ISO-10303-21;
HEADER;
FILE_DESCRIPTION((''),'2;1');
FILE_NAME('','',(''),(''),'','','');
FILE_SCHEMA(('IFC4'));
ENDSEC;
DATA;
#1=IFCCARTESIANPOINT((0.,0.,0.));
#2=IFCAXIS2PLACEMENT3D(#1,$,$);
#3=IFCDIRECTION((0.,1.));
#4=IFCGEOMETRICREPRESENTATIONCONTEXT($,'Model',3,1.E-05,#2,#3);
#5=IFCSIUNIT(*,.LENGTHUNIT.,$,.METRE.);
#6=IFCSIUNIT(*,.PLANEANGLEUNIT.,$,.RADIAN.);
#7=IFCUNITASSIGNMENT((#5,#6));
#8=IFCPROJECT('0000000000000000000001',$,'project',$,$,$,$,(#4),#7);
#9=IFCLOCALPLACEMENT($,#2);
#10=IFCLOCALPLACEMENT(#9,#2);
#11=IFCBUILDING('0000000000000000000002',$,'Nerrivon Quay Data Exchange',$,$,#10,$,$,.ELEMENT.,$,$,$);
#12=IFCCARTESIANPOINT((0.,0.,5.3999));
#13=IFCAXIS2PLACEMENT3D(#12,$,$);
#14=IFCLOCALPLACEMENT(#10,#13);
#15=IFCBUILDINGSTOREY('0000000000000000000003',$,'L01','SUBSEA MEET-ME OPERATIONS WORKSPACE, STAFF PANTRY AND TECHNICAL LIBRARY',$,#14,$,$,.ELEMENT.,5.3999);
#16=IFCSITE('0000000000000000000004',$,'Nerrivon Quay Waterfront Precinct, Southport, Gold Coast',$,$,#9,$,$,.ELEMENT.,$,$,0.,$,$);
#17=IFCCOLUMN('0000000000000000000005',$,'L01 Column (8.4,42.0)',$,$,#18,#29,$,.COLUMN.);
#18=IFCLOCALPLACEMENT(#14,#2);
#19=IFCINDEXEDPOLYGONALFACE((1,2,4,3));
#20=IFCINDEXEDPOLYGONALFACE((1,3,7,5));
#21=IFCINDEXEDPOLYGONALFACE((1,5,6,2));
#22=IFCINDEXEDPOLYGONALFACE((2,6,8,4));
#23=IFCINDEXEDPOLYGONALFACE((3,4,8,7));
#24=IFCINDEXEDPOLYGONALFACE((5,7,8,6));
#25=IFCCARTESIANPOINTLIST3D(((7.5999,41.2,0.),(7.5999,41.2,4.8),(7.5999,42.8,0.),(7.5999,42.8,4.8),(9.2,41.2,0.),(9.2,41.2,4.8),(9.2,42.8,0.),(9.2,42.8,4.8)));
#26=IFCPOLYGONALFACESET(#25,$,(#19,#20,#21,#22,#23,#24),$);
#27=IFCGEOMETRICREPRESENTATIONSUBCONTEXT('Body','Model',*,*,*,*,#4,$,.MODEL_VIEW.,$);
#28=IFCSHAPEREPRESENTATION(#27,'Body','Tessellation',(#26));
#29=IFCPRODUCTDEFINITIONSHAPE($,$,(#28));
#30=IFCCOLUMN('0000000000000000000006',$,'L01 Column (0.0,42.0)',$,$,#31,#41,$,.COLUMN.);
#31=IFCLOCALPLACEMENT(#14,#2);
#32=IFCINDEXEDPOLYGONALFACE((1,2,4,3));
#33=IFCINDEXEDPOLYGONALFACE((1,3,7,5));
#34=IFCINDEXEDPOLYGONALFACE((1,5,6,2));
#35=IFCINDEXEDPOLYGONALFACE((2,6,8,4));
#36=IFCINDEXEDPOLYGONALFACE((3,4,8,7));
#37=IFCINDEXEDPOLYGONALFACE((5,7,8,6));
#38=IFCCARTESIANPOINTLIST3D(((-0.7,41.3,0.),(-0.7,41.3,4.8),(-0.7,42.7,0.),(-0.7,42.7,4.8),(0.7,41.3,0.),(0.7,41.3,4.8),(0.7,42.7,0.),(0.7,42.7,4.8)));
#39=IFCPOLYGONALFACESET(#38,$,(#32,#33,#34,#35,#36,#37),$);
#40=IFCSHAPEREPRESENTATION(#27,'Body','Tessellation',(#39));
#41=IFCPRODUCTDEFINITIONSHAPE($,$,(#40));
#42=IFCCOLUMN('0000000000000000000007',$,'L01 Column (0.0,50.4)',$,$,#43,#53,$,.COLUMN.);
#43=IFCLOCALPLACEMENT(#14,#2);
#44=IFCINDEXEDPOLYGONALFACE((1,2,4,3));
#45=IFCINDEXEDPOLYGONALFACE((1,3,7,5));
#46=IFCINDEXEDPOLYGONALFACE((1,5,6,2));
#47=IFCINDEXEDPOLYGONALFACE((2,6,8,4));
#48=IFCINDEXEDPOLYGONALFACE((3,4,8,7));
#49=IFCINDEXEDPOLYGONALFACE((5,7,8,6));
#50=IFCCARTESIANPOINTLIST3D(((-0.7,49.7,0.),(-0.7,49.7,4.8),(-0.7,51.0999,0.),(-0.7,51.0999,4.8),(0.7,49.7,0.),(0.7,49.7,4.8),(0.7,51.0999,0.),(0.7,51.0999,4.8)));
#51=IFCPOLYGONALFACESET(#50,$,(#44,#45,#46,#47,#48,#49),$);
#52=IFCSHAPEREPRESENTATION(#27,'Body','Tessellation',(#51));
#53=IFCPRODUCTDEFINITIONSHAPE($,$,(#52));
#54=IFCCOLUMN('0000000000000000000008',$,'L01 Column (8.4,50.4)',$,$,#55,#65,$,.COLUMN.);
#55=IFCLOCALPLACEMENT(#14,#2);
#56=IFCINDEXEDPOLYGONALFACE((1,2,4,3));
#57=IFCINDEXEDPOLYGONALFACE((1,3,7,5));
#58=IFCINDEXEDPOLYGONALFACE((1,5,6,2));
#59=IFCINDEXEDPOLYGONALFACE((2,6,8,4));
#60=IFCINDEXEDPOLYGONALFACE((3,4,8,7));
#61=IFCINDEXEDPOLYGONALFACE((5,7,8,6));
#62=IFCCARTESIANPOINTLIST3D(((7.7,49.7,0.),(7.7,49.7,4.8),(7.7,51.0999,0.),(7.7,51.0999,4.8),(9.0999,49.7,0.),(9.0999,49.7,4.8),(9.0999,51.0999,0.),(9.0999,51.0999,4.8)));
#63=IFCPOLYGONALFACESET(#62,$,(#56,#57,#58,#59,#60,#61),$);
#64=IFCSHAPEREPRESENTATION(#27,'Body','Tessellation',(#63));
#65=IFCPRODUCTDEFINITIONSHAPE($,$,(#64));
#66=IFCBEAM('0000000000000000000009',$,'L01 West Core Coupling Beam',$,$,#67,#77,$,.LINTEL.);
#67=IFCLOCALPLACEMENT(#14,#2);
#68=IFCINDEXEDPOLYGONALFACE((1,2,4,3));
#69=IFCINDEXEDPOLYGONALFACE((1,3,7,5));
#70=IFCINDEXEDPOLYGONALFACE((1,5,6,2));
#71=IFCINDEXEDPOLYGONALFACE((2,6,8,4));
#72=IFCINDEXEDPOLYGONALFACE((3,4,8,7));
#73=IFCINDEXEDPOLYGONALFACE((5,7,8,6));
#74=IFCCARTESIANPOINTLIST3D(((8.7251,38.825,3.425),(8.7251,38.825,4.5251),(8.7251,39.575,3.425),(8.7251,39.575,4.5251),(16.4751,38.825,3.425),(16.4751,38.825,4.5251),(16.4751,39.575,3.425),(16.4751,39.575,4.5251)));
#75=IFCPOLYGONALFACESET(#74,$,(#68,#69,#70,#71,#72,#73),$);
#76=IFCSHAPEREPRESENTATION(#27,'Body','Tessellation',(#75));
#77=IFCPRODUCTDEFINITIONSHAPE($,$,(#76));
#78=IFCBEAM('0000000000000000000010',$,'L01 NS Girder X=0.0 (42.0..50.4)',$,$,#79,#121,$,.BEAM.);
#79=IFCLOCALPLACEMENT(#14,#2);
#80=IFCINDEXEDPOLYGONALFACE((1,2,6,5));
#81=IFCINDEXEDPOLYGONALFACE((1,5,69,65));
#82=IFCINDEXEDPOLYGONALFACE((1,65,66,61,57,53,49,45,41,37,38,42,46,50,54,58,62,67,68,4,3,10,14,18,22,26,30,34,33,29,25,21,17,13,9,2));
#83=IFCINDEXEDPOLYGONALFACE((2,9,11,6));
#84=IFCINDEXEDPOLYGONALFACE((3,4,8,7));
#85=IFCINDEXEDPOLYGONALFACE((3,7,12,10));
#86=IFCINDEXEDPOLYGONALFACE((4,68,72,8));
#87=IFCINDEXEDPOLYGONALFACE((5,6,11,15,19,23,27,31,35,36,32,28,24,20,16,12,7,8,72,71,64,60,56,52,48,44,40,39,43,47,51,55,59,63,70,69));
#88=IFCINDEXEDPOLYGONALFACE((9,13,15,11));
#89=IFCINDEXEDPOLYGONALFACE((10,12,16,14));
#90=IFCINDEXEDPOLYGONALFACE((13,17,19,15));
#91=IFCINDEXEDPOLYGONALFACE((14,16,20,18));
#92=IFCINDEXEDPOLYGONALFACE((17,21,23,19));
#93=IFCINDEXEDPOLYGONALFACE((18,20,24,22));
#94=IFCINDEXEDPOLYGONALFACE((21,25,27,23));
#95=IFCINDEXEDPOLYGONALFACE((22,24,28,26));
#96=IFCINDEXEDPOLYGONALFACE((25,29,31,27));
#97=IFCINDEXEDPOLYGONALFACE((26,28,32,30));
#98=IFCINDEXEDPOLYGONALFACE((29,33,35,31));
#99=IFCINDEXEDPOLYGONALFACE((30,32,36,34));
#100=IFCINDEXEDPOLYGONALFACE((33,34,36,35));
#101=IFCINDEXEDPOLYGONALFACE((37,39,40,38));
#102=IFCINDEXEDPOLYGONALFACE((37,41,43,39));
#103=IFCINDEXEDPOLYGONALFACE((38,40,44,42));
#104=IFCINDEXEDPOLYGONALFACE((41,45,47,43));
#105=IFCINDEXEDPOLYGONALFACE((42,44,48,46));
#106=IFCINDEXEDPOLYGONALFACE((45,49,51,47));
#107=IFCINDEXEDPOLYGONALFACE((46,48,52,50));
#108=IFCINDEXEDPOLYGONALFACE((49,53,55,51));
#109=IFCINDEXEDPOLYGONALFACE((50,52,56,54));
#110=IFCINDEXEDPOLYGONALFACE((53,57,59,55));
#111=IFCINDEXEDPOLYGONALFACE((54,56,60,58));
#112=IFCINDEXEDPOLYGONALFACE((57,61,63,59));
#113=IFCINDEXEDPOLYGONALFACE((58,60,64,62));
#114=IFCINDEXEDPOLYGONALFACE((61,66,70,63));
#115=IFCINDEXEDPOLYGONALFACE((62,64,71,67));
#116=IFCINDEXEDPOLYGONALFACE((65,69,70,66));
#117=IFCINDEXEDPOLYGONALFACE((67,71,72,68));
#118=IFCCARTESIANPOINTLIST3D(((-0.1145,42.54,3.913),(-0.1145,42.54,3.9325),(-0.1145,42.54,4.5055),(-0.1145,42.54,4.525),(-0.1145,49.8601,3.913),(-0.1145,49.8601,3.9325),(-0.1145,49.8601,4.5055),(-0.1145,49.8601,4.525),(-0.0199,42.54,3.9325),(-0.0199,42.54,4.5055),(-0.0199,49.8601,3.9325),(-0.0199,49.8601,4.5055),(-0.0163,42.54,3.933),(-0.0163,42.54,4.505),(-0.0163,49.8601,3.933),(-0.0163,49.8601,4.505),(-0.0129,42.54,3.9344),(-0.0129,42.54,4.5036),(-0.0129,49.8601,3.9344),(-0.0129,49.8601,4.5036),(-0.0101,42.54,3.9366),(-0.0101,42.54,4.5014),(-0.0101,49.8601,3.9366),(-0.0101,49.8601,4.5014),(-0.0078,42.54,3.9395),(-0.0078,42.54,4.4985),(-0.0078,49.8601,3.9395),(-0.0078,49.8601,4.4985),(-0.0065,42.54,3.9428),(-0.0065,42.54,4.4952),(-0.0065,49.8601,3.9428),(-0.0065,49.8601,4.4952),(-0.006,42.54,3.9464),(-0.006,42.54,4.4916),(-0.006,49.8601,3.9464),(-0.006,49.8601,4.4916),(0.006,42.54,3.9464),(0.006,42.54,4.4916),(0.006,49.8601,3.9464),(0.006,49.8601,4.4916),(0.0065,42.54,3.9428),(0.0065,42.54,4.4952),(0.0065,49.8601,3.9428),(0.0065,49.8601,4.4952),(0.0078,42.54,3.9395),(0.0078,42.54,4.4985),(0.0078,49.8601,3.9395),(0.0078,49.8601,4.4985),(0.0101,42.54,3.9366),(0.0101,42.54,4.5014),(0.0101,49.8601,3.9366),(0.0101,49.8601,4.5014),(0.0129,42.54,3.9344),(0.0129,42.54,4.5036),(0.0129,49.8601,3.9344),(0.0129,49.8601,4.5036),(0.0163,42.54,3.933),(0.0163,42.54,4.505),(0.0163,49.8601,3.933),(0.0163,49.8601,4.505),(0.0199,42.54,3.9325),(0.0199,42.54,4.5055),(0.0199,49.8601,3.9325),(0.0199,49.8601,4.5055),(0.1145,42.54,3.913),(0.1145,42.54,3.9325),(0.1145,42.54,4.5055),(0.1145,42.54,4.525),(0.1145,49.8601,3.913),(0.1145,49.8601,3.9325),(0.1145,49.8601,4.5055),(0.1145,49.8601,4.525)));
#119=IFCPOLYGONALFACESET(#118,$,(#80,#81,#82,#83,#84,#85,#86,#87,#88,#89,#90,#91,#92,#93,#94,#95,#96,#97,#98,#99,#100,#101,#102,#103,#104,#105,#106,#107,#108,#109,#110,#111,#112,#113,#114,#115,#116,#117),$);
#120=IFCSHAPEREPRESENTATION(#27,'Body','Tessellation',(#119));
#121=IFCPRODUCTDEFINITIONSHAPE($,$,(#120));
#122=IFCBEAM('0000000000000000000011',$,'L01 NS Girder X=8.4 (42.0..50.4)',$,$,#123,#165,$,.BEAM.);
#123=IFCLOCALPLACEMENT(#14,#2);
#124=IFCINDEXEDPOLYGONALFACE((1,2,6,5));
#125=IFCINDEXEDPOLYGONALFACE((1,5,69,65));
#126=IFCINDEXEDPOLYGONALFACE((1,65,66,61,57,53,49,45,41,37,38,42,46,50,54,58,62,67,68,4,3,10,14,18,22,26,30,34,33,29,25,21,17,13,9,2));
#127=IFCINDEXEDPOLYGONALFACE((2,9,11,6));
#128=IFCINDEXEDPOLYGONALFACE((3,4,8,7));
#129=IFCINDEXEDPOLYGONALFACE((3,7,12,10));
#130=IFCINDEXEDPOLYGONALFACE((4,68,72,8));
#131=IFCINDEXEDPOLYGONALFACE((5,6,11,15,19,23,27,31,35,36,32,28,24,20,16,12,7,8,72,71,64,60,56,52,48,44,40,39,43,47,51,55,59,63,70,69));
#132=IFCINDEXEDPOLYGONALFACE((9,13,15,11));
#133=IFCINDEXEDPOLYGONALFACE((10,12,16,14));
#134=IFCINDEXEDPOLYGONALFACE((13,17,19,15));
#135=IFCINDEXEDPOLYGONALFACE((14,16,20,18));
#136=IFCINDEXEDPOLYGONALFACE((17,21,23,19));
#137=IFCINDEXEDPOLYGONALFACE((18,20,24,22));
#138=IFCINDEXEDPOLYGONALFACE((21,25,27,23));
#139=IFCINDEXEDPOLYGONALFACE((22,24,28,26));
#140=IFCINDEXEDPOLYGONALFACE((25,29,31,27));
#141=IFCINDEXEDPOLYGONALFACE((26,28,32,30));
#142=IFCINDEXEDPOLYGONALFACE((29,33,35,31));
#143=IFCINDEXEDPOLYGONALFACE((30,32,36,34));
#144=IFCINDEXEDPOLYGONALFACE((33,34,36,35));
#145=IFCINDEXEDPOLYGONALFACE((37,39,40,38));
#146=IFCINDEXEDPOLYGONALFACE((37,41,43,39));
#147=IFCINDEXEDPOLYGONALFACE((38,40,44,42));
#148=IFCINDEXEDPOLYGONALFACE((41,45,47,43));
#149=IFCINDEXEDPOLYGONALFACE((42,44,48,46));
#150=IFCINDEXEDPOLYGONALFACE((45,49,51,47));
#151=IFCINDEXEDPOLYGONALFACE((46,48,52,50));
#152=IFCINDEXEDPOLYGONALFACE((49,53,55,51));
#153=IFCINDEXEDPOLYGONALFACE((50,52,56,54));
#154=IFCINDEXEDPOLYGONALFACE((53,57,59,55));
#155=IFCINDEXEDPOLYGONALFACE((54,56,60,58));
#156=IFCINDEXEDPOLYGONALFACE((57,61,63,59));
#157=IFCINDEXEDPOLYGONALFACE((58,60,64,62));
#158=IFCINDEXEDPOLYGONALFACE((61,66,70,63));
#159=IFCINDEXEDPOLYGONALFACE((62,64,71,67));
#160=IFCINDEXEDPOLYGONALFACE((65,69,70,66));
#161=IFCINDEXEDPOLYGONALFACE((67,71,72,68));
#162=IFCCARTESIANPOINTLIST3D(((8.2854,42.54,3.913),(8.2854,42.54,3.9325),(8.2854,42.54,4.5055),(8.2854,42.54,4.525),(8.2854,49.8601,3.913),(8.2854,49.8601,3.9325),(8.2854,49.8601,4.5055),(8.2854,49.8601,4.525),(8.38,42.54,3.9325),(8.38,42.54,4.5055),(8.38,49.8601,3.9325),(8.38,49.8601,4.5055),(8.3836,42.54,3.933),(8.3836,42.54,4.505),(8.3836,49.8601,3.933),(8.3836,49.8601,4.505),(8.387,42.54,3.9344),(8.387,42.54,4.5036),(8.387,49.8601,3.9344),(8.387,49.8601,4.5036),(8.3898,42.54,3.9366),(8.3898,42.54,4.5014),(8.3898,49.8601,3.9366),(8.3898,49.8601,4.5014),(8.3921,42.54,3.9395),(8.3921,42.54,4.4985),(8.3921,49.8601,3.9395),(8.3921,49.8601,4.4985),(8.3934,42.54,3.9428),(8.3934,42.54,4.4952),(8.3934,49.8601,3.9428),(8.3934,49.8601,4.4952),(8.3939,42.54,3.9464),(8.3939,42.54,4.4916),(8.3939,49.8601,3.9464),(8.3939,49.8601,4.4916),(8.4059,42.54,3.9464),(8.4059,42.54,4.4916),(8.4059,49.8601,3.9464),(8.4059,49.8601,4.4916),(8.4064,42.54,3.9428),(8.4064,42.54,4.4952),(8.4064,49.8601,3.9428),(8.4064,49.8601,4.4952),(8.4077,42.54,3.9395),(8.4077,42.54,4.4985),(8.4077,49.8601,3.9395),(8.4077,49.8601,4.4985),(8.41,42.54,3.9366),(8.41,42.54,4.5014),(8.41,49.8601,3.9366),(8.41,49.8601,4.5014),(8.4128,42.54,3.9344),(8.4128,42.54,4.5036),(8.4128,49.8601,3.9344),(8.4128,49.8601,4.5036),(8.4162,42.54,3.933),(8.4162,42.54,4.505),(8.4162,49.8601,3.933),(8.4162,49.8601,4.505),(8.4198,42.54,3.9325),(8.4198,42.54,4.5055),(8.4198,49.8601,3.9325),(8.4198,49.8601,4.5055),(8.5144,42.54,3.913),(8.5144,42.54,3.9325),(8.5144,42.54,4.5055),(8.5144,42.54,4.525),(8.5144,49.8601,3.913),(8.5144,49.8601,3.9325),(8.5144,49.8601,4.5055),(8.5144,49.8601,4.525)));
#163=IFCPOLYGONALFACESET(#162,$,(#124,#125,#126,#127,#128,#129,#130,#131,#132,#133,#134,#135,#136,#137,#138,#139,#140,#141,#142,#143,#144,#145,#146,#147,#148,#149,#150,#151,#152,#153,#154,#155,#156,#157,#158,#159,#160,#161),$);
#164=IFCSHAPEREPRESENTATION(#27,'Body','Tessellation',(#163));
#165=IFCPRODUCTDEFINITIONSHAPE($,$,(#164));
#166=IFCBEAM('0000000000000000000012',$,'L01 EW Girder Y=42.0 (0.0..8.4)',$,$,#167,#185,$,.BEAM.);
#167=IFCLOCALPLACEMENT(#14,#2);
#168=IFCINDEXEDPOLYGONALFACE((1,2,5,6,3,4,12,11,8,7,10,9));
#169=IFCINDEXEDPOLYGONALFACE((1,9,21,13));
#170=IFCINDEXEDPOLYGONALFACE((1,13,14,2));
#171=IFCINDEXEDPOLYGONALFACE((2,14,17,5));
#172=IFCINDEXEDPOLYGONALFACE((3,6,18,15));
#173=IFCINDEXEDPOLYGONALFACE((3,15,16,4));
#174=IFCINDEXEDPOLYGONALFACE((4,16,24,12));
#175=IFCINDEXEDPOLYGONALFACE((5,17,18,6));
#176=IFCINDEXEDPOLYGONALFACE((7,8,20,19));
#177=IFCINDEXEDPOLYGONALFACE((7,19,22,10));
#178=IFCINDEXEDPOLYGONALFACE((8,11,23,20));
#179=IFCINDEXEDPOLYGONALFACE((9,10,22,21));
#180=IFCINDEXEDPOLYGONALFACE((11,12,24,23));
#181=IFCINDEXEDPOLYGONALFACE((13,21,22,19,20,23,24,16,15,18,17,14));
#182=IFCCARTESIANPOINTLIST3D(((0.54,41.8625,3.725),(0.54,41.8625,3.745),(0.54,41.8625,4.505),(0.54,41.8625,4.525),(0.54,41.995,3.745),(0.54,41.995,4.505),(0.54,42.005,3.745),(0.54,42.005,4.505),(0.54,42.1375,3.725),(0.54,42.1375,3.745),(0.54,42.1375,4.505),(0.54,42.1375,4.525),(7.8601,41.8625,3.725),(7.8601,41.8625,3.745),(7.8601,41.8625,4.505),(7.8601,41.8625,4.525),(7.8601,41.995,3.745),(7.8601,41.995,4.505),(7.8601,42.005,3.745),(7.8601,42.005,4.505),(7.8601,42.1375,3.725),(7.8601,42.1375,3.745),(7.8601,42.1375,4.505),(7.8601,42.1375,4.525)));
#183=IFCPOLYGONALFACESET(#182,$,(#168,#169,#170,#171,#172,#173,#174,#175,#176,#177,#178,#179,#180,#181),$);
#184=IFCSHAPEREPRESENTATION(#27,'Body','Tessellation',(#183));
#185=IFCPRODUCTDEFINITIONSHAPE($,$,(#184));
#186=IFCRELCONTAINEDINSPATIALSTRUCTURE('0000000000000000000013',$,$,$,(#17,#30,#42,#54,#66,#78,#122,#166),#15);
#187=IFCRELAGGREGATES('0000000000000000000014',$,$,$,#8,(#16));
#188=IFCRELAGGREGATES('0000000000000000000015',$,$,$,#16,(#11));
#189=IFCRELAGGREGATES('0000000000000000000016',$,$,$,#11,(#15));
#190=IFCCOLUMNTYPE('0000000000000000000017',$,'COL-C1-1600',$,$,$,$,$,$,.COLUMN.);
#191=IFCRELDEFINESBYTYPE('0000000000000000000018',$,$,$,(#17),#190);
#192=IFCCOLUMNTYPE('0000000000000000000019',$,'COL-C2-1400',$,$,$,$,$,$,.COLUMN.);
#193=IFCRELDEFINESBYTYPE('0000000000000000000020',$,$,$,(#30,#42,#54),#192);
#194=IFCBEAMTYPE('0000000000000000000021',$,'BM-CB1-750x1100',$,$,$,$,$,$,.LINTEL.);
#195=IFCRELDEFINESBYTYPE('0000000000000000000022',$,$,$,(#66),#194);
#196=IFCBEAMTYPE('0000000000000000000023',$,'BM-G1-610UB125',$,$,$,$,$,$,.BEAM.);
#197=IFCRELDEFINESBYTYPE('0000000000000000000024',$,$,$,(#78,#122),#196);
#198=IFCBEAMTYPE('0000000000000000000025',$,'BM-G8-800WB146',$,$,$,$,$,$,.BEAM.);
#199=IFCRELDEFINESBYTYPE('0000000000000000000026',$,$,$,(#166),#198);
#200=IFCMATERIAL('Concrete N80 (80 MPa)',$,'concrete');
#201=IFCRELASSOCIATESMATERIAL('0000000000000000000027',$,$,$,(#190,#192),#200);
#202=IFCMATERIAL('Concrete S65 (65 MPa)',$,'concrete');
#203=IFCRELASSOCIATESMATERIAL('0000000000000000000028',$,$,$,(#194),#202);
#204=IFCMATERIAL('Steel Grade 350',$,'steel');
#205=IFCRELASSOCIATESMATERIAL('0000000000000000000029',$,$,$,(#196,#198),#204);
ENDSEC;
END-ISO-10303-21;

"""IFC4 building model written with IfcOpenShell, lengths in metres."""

from ifc_helpers import new_model, si_unit, direction, frame, origin, origin_2d, place, context, subcontext, project, spatial, rectangle, i_section, extrude, material, material_profile, profile_set, type_object, element, save


model = new_model("IFC4")

# Units and contexts
model_context = context("Model", 3, precision=1e-05, world=origin(), true_north=direction((0.0, 1.0)))
body_context = subcontext(model_context, "Body", "Model", "MODEL_VIEW")
ifc_project = project(units=[si_unit("LENGTHUNIT", "METRE"), si_unit("PLANEANGLEUNIT", "RADIAN")], contexts=[model_context])

# Site, building, storey
site_placement = place(None, origin())
site = spatial("IfcSite", under=ifc_project, at=site_placement, Name="Nerrivon Quay Waterfront Precinct, Southport, Gold Coast", CompositionType="ELEMENT", RefElevation=0.0)
building_placement = place(site_placement, origin())
building = spatial("IfcBuilding", under=site, at=building_placement, Name="Nerrivon Quay Data Exchange", CompositionType="ELEMENT")
storey_placement = place(building_placement, frame((0.0, 0.0, 5.3999)))
storey = spatial("IfcBuildingStorey", under=building, at=storey_placement, Name="L01", Description="SUBSEA MEET-ME OPERATIONS WORKSPACE, STAFF PANTRY AND TECHNICAL LIBRARY", CompositionType="ELEMENT", Elevation=5.3999)

# Columns
ifc_material_1 = material(Name="Concrete N80 (80 MPa)", Category="concrete")
ifc_material_profile_1 = material_profile(ifc_material_1, rectangle(XDim=1.6001, YDim=1.6001, at=origin_2d()), Name="RC-COL-1600x1600")
ifc_profile_set_1 = profile_set([ifc_material_profile_1], Name="Concrete N80 (80 MPa)")
column_type_1 = type_object("IfcColumnType", Name="COL-C1-1600", PredefinedType="COLUMN", material=ifc_profile_set_1)
column_placement = place(storey_placement, frame((8.3999, 42.0, 0.0), z_axis=(0.0, 0.0, 1.0), x_axis=(1.0, 0.0, 0.0)))
element("IfcColumn", 1, at=column_placement, inside=storey, type_object=column_type_1, Name="L01 Column (8.4,42.0)", PredefinedType="COLUMN", context=body_context, shape_type="SweptSolid", body=[
    extrude(rectangle(XDim=1.6001, YDim=1.6001, at=origin_2d()), origin(), (0.0, 0.0, 1.0), 4.8),
])
ifc_material_profile_2 = material_profile(ifc_material_1, rectangle(XDim=1.3999, YDim=1.3999, at=origin_2d()), Name="RC-COL-1400x1400")
ifc_profile_set_2 = profile_set([ifc_material_profile_2], Name="Concrete N80 (80 MPa)")
column_type_2 = type_object("IfcColumnType", Name="COL-C2-1400", PredefinedType="COLUMN", material=ifc_profile_set_2)
for number, where, z_axis, x_axis, name in (
    (2, (0.0, 42.0, 0.0), (0.0, 0.0, 1.0), (1.0, 0.0, 0.0), "L01 Column (0.0,42.0)"),
    (3, (0.0, 50.3999, 0.0), (0.0, 0.0, 1.0), (1.0, 0.0, 0.0), "L01 Column (0.0,50.4)"),
    (4, (8.3999, 50.3999, 0.0), (0.0, 0.0, 1.0), (1.0, 0.0, 0.0), "L01 Column (8.4,50.4)"),
):
    element("IfcColumn", number, at=place(storey_placement, frame(where, z_axis=z_axis, x_axis=x_axis)), inside=storey, type_object=column_type_2, Name=name, PredefinedType="COLUMN", context=body_context, shape_type="SweptSolid", body=[
        extrude(rectangle(XDim=1.3999, YDim=1.3999, at=origin_2d()), origin(), (0.0, 0.0, 1.0), 4.8),
    ])

# Beams
ifc_material_2 = material(Name="Concrete S65 (65 MPa)", Category="concrete")
ifc_material_profile_3 = material_profile(ifc_material_2, rectangle(XDim=0.75, YDim=1.1001, at=origin_2d()), Name="RC-CB-750x1100")
ifc_profile_set_3 = profile_set([ifc_material_profile_3], Name="Concrete S65 (65 MPa)")
beam_type_1 = type_object("IfcBeamType", Name="BM-CB1-750x1100", PredefinedType="LINTEL", material=ifc_profile_set_3)
beam_1_placement = place(storey_placement, frame((8.7251, 39.2, 3.9751), z_axis=(1.0, 0.0, 0.0), x_axis=(0.0, 1.0, 0.0)))
element("IfcBeam", 5, at=beam_1_placement, inside=storey, type_object=beam_type_1, Name="L01 West Core Coupling Beam", PredefinedType="LINTEL", context=body_context, shape_type="SweptSolid", body=[
    extrude(rectangle(XDim=0.75, YDim=1.1001, at=origin_2d()), origin(), (0.0, 0.0, 1.0), 7.75),
])
ifc_material_3 = material(Name="Steel Grade 350", Category="steel")
ifc_material_profile_4 = material_profile(ifc_material_3, i_section(OverallWidth=0.229, OverallDepth=0.6121, WebThickness=0.012, FlangeThickness=0.0195, FilletRadius=0.0139, at=origin_2d()), Name="610UB125")
ifc_profile_set_4 = profile_set([ifc_material_profile_4], Name="Steel Grade 350")
beam_type_2 = type_object("IfcBeamType", Name="BM-G1-610UB125", PredefinedType="BEAM", material=ifc_profile_set_4)
for number, where, z_axis, x_axis, name in (
    (6, (0.0, 42.54, 4.219), (0.0, 1.0, 0.0), (-1.0, 0.0, 0.0), "L01 NS Girder X=0.0 (42.0..50.4)"),
    (7, (8.3999, 42.54, 4.219), (0.0, 1.0, 0.0), (-1.0, 0.0, 0.0), "L01 NS Girder X=8.4 (42.0..50.4)"),
):
    element("IfcBeam", number, at=place(storey_placement, frame(where, z_axis=z_axis, x_axis=x_axis)), inside=storey, type_object=beam_type_2, Name=name, PredefinedType="BEAM", context=body_context, shape_type="SweptSolid", body=[
        extrude(i_section(OverallWidth=0.229, OverallDepth=0.6121, WebThickness=0.012, FlangeThickness=0.0195, FilletRadius=0.0139, at=origin_2d()), origin(), (0.0, 0.0, 1.0), 7.3201),
    ])
ifc_material_profile_5 = material_profile(ifc_material_3, i_section(OverallWidth=0.2749, OverallDepth=0.8, WebThickness=0.01, FlangeThickness=0.02, at=origin_2d()), Name="800WB146")
ifc_profile_set_5 = profile_set([ifc_material_profile_5], Name="Steel Grade 350")
beam_type_3 = type_object("IfcBeamType", Name="BM-G8-800WB146", PredefinedType="BEAM", material=ifc_profile_set_5)
for number, where, z_axis, x_axis, name in (
    (8, (0.54, 42.0, 4.125), (1.0, 0.0, 0.0), (0.0, 1.0, 0.0), "L01 EW Girder Y=42.0 (0.0..8.4)"),
):
    element("IfcBeam", number, at=place(storey_placement, frame(where, z_axis=z_axis, x_axis=x_axis)), inside=storey, type_object=beam_type_3, Name=name, PredefinedType="BEAM", context=body_context, shape_type="SweptSolid", body=[
        extrude(i_section(OverallWidth=0.2749, OverallDepth=0.8, WebThickness=0.01, FlangeThickness=0.02, at=origin_2d()), origin(), (0.0, 0.0, 1.0), 7.3201),
    ])

save(model, "model.ifc")
